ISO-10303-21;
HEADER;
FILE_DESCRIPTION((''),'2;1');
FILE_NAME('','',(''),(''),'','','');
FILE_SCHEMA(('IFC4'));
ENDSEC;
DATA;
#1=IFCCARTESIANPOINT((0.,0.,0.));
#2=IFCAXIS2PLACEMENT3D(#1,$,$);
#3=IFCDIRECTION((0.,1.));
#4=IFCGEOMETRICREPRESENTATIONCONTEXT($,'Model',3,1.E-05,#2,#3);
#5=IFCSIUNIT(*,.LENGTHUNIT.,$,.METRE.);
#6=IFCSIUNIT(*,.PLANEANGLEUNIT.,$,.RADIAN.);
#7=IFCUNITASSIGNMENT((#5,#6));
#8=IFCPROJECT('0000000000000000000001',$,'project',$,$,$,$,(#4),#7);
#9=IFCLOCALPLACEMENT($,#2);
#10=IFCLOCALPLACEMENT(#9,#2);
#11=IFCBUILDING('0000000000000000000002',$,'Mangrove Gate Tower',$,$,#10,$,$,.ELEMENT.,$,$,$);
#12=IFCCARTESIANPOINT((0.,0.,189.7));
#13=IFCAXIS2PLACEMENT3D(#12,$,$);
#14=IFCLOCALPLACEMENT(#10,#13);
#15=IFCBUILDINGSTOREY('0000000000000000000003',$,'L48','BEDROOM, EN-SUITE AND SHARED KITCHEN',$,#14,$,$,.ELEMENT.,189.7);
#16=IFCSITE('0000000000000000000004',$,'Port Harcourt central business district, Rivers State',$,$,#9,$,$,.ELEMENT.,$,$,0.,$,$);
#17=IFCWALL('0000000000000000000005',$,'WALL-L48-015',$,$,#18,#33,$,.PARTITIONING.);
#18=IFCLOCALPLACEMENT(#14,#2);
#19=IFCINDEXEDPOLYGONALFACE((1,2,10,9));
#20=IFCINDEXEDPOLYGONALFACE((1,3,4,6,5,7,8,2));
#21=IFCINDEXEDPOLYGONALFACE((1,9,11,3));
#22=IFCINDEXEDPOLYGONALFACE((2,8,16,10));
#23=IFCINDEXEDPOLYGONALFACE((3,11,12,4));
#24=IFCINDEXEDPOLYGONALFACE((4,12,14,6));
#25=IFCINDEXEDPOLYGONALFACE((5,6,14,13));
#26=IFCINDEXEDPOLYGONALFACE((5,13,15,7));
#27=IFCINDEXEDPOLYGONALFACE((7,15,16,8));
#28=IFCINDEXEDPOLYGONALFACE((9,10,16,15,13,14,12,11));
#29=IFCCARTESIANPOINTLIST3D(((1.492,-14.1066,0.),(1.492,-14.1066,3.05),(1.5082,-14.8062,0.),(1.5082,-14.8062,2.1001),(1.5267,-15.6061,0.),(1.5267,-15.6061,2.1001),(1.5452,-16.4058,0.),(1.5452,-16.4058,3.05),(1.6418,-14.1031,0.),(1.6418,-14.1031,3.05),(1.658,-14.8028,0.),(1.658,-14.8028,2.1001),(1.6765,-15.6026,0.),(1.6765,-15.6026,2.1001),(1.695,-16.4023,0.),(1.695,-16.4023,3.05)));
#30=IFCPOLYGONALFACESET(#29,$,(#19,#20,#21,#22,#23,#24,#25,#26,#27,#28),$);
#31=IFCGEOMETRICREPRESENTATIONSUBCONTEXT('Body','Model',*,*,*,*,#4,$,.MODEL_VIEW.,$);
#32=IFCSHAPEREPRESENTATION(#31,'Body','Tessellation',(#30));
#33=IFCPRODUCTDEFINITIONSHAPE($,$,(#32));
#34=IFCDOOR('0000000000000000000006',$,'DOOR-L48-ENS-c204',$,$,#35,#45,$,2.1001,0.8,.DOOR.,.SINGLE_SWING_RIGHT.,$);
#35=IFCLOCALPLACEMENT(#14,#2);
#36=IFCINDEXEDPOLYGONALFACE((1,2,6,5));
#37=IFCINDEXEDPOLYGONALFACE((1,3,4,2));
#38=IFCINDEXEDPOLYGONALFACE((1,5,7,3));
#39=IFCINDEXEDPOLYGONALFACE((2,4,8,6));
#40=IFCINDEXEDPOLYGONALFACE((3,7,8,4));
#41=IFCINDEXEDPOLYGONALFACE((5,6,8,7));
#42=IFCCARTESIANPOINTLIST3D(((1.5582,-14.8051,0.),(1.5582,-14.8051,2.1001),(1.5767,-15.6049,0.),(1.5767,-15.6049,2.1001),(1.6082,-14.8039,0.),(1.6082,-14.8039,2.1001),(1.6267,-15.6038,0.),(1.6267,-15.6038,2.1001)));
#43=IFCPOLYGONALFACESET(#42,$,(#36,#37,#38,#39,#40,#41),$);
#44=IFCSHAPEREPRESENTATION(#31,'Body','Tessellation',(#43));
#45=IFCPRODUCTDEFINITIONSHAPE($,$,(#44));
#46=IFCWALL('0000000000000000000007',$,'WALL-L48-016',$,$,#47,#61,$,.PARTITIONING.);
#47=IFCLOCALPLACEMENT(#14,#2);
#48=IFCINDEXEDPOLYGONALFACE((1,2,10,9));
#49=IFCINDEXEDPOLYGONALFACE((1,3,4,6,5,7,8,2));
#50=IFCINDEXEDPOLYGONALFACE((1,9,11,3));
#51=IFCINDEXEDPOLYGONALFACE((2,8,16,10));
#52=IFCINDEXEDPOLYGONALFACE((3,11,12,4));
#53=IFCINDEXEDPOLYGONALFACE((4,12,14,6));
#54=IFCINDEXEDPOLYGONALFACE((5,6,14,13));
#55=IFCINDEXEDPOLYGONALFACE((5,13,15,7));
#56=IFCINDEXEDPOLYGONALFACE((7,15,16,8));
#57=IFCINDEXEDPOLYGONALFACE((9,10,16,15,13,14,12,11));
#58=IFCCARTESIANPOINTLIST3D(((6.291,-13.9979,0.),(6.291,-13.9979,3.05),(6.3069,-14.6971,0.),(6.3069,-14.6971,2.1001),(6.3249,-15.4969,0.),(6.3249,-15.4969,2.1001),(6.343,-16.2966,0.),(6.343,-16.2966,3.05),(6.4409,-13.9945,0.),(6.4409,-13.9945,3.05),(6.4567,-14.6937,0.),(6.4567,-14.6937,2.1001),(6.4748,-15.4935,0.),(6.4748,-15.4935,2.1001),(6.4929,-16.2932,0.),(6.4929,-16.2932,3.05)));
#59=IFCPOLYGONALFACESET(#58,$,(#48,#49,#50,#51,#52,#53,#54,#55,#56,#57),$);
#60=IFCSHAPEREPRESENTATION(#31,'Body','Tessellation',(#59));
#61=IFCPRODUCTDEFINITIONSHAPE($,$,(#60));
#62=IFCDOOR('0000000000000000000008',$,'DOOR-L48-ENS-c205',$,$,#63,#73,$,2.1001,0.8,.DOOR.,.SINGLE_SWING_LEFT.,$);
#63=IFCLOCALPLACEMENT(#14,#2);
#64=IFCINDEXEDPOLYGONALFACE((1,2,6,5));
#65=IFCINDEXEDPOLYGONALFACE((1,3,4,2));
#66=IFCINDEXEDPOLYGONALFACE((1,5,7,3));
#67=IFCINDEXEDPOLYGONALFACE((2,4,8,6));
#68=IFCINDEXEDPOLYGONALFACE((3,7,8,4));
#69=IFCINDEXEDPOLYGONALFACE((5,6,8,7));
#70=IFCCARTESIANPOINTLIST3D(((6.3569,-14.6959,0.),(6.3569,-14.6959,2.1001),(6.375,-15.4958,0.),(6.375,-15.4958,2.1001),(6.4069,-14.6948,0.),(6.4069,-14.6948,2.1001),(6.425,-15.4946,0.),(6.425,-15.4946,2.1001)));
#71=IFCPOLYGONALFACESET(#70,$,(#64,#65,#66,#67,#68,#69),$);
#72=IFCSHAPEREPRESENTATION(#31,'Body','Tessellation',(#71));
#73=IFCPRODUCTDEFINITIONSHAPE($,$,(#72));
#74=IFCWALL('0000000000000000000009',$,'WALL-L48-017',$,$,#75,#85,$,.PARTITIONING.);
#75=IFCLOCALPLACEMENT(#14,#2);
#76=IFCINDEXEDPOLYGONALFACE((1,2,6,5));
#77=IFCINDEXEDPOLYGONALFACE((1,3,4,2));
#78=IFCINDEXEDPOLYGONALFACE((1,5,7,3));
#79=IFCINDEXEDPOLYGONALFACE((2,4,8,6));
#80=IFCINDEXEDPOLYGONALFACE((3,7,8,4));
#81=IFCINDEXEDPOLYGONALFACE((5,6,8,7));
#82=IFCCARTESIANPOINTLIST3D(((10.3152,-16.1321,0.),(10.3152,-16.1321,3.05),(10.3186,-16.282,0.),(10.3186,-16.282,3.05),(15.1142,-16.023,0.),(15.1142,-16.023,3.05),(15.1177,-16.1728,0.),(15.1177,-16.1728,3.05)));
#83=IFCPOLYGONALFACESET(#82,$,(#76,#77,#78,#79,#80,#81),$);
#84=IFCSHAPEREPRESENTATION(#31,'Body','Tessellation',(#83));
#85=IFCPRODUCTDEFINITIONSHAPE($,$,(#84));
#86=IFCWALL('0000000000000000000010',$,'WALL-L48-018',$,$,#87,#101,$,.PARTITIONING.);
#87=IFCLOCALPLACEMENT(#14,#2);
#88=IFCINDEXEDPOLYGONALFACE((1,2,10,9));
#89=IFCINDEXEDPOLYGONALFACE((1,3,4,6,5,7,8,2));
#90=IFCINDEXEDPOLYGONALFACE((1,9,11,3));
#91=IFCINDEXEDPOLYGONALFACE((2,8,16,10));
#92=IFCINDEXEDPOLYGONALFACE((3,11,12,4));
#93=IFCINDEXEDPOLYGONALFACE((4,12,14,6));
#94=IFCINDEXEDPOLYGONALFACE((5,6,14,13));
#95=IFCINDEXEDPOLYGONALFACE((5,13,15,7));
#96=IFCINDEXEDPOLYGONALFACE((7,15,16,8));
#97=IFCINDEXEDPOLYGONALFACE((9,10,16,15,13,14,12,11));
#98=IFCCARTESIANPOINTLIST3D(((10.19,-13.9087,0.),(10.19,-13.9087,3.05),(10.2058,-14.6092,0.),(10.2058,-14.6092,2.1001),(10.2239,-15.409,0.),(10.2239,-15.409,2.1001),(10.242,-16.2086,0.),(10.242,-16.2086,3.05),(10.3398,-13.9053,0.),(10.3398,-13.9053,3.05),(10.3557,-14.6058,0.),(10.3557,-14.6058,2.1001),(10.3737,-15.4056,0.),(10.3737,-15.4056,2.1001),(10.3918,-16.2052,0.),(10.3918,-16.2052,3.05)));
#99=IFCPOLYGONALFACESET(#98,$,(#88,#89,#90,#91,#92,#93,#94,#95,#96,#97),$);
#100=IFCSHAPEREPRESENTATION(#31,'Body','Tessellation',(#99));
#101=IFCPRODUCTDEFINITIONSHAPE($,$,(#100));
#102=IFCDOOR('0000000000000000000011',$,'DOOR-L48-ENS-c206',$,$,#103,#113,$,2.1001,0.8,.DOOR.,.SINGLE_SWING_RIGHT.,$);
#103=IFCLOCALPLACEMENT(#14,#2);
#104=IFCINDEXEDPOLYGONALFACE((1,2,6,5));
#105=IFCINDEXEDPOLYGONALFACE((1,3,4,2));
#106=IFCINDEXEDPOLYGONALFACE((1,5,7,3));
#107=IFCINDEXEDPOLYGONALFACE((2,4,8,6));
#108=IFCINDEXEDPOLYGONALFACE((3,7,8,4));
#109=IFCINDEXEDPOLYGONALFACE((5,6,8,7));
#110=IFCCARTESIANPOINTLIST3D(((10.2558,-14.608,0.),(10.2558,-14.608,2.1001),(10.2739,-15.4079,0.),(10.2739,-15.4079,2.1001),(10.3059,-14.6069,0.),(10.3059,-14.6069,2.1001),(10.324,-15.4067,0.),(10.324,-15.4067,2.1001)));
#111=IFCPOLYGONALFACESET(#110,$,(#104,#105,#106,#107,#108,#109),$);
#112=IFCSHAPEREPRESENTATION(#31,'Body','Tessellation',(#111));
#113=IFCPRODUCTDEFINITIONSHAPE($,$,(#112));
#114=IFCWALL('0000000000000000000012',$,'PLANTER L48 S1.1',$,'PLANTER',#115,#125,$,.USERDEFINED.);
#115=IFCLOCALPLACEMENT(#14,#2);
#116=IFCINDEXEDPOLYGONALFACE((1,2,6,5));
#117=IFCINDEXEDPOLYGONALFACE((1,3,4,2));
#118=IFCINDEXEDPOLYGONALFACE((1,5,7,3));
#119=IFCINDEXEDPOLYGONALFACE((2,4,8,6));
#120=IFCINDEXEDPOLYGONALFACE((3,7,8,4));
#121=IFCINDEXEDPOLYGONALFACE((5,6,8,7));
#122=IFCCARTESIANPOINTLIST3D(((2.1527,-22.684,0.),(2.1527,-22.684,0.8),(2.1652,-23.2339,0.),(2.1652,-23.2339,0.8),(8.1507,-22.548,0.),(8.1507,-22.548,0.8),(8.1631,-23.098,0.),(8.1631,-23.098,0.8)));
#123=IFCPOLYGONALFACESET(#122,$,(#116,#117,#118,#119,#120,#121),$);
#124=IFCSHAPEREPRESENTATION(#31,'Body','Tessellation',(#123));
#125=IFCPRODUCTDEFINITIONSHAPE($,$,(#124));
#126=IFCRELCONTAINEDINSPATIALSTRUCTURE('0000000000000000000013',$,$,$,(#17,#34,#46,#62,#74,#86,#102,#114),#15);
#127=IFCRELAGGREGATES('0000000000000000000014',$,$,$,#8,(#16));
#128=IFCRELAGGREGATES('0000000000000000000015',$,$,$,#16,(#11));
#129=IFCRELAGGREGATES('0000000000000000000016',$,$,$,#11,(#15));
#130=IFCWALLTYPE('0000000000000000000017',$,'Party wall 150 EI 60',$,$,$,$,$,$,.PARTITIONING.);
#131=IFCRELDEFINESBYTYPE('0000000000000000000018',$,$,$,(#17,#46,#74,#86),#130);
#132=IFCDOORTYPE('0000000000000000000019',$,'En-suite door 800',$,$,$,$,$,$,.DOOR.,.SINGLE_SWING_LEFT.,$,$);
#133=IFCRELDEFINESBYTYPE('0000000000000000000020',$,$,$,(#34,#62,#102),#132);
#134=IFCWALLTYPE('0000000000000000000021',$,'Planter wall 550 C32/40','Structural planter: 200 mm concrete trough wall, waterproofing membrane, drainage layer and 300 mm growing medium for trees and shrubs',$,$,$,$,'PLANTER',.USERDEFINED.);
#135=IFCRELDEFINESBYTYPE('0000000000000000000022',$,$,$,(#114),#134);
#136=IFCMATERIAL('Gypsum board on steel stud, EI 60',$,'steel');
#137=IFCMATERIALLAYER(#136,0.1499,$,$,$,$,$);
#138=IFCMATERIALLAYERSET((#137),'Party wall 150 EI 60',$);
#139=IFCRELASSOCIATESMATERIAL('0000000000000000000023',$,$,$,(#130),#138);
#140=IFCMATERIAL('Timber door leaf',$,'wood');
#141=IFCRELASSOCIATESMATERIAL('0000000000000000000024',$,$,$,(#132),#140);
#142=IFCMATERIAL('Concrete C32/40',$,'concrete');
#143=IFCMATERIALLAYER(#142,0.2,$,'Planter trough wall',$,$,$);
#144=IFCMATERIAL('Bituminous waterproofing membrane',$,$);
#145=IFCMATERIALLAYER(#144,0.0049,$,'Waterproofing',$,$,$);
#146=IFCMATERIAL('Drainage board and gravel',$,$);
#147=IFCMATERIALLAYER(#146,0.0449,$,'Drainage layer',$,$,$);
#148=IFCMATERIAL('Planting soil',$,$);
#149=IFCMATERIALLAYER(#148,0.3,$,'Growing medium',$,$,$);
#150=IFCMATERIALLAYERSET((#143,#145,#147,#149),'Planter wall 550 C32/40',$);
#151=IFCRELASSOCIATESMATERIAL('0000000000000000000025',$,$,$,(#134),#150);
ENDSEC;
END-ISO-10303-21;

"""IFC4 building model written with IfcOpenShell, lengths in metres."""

from ifc_helpers import new_model, si_unit, direction, frame, frame_2d, origin, place, context, subcontext, project, spatial, rectangle, extrude, material, layer, layer_set, type_object, element, fill, save


model = new_model("IFC4")

# Units and contexts
model_context = context("Model", 3, precision=1e-05, world=origin(), true_north=direction((0.0, 1.0)))
body_context = subcontext(model_context, "Body", "Model", "MODEL_VIEW")
ifc_project = project(units=[si_unit("LENGTHUNIT", "METRE"), si_unit("PLANEANGLEUNIT", "RADIAN")], contexts=[model_context])

# Site, building, storey
site_placement = place(None, origin())
site = spatial("IfcSite", under=ifc_project, at=site_placement, Name="Port Harcourt central business district, Rivers State", CompositionType="ELEMENT", RefElevation=0.0)
building_placement = place(site_placement, origin())
building = spatial("IfcBuilding", under=site, at=building_placement, Name="Mangrove Gate Tower", CompositionType="ELEMENT")
storey_placement = place(building_placement, frame((0.0, 0.0, 189.7)))
storey = spatial("IfcBuildingStorey", under=building, at=storey_placement, Name="L48", Description="BEDROOM, EN-SUITE AND SHARED KITCHEN", CompositionType="ELEMENT", Elevation=189.7)

# Shared definitions
ifc_material_1 = material(Name="Gypsum board on steel stud, EI 60", Category="steel")
ifc_layer_1 = layer(ifc_material_1, 0.1499)
ifc_layer_set_1 = layer_set([ifc_layer_1], Name="Party wall 150 EI 60")
wall_type_1 = type_object("IfcWallType", Name="Party wall 150 EI 60", PredefinedType="PARTITIONING", material=ifc_layer_set_1)

# Walls, openings, doors
wall_1_placement = place(storey_placement, frame((1.6201, -16.4041, 0.0), z_axis=(0.0, 0.0, 1.0), x_axis=(-0.023143, 0.999732, 0.0)))
wall_1 = element("IfcWall", 1, at=wall_1_placement, inside=storey, type_object=wall_type_1, Name="WALL-L48-015", PredefinedType="PARTITIONING", context=body_context, shape_type="SweptSolid", body=[
    extrude(rectangle(XDim=2.2998, YDim=0.1499, at=frame_2d((1.1499, 0.0))), origin(), (0.0, 0.0, 1.0), 3.05),
])
opening_1_placement = place(wall_1_placement, frame((0.8, 0.0, 0.0)))
opening_1 = element("IfcOpeningElement", 2, at=opening_1_placement, cuts=wall_1, PredefinedType="OPENING", context=body_context, shape_type="SweptSolid", body=[
    extrude(rectangle(XDim=0.8, YDim=2.1001, at=frame_2d((0.3999, 1.05))), frame((0.0, 0.085, 0.0), z_axis=(0.0, -1.0, 0.0), x_axis=(1.0, 0.0, 0.0)), (0.0, 0.0, 1.0), 0.1699),
])
ifc_material_2 = material(Name="Timber door leaf", Category="wood")
door_type_1 = type_object("IfcDoorType", Name="En-suite door 800", OperationType="SINGLE_SWING_LEFT", PredefinedType="DOOR", material=ifc_material_2)
door_1_placement = place(opening_1_placement, origin())
door_1 = element("IfcDoor", 3, at=door_1_placement, inside=storey, type_object=door_type_1, Name="DOOR-L48-ENS-c204", OperationType="SINGLE_SWING_RIGHT", OverallHeight=2.1001, OverallWidth=0.8, PredefinedType="DOOR", context=body_context, shape_type="SweptSolid", body=[
    extrude(rectangle(XDim=0.8, YDim=2.1001, at=frame_2d((0.3999, 1.05))), frame((0.0, 0.0249, 0.0), z_axis=(0.0, -1.0, 0.0), x_axis=(1.0, 0.0, 0.0)), (0.0, 0.0, 1.0), 0.05),
])
fill(opening_1, door_1)
wall_2_placement = place(storey_placement, frame((6.418, -16.2949, 0.0), z_axis=(0.0, 0.0, 1.0), x_axis=(-0.022615, 0.999744, 0.0)))
wall_2 = element("IfcWall", 4, at=wall_2_placement, inside=storey, type_object=wall_type_1, Name="WALL-L48-016", PredefinedType="PARTITIONING", context=body_context, shape_type="SweptSolid", body=[
    extrude(rectangle(XDim=2.2993, YDim=0.1499, at=frame_2d((1.1497, 0.0))), origin(), (0.0, 0.0, 1.0), 3.05),
])
opening_2_placement = place(wall_2_placement, frame((0.8, 0.0, 0.0)))
opening_2 = element("IfcOpeningElement", 5, at=opening_2_placement, cuts=wall_2, PredefinedType="OPENING", context=body_context, shape_type="SweptSolid", body=[
    extrude(rectangle(XDim=0.8, YDim=2.1001, at=frame_2d((0.3999, 1.05))), frame((0.0, 0.085, 0.0), z_axis=(0.0, -1.0, 0.0), x_axis=(1.0, 0.0, 0.0)), (0.0, 0.0, 1.0), 0.1699),
])
door_2_placement = place(opening_2_placement, origin())
door_2 = element("IfcDoor", 6, at=door_2_placement, inside=storey, type_object=door_type_1, Name="DOOR-L48-ENS-c205", OperationType="SINGLE_SWING_LEFT", OverallHeight=2.1001, OverallWidth=0.8, PredefinedType="DOOR", context=body_context, shape_type="SweptSolid", body=[
    extrude(rectangle(XDim=0.8, YDim=2.1001, at=frame_2d((0.3999, 1.05))), frame((0.0, 0.0249, 0.0), z_axis=(0.0, -1.0, 0.0), x_axis=(1.0, 0.0, 0.0)), (0.0, 0.0, 1.0), 0.05),
])
fill(opening_2, door_2)

# Wall
wall_3_placement = place(storey_placement, frame((10.3169, -16.207, 0.0), z_axis=(0.0, 0.0, 1.0), x_axis=(0.999742, 0.022734, 0.0)))
element("IfcWall", 7, at=wall_3_placement, inside=storey, type_object=wall_type_1, Name="WALL-L48-017", PredefinedType="PARTITIONING", context=body_context, shape_type="SweptSolid", body=[
    extrude(rectangle(XDim=4.8003, YDim=0.1499, at=frame_2d((2.4001, 0.0))), origin(), (0.0, 0.0, 1.0), 3.05),
])

# Wall, opening, door
wall_4_placement = place(storey_placement, frame((10.3169, -16.207, 0.0), z_axis=(0.0, 0.0, 1.0), x_axis=(-0.022603, 0.999745, 0.0)))
wall_4 = element("IfcWall", 8, at=wall_4_placement, inside=storey, type_object=wall_type_1, Name="WALL-L48-018", PredefinedType="PARTITIONING", context=body_context, shape_type="SweptSolid", body=[
    extrude(rectangle(XDim=2.3005, YDim=0.1499, at=frame_2d((1.1504, 0.0))), origin(), (0.0, 0.0, 1.0), 3.05),
])
opening_3_placement = place(wall_4_placement, frame((0.8, 0.0, 0.0)))
opening_3 = element("IfcOpeningElement", 9, at=opening_3_placement, cuts=wall_4, PredefinedType="OPENING", context=body_context, shape_type="SweptSolid", body=[
    extrude(rectangle(XDim=0.8, YDim=2.1001, at=frame_2d((0.3999, 1.05))), frame((0.0, 0.085, 0.0), z_axis=(0.0, -1.0, 0.0), x_axis=(1.0, 0.0, 0.0)), (0.0, 0.0, 1.0), 0.1699),
])
door_3_placement = place(opening_3_placement, origin())
door_3 = element("IfcDoor", 10, at=door_3_placement, inside=storey, type_object=door_type_1, Name="DOOR-L48-ENS-c206", OperationType="SINGLE_SWING_RIGHT", OverallHeight=2.1001, OverallWidth=0.8, PredefinedType="DOOR", context=body_context, shape_type="SweptSolid", body=[
    extrude(rectangle(XDim=0.8, YDim=2.1001, at=frame_2d((0.3999, 1.05))), frame((0.0, 0.0249, 0.0), z_axis=(0.0, -1.0, 0.0), x_axis=(1.0, 0.0, 0.0)), (0.0, 0.0, 1.0), 0.05),
])
fill(opening_3, door_3)

# Wall
ifc_material_3 = material(Name="Concrete C32/40", Category="concrete")
ifc_layer_2 = layer(ifc_material_3, 0.2, Name="Planter trough wall")
ifc_material_4 = material(Name="Bituminous waterproofing membrane")
ifc_layer_3 = layer(ifc_material_4, 0.0049, Name="Waterproofing")
ifc_material_5 = material(Name="Drainage board and gravel")
ifc_layer_4 = layer(ifc_material_5, 0.0449, Name="Drainage layer")
ifc_material_6 = material(Name="Planting soil")
ifc_layer_5 = layer(ifc_material_6, 0.3, Name="Growing medium")
ifc_layer_set_2 = layer_set([ifc_layer_2, ifc_layer_3, ifc_layer_4, ifc_layer_5], Name="Planter wall 550 C32/40")
wall_type_2 = type_object("IfcWallType", Name="Planter wall 550 C32/40", Description="Structural planter: 200 mm concrete trough wall, waterproofing membrane, drainage layer and 300 mm growing medium for trees and shrubs", ElementType="PLANTER", PredefinedType="USERDEFINED", material=ifc_layer_set_2)
wall_5_placement = place(storey_placement, frame((2.1589, -22.959, 0.0), z_axis=(0.0, 0.0, 1.0), x_axis=(0.999743, 0.022666, 0.0)))
element("IfcWall", 11, at=wall_5_placement, inside=storey, type_object=wall_type_2, Name="PLANTER L48 S1.1", ObjectType="PLANTER", PredefinedType="USERDEFINED", context=body_context, shape_type="SweptSolid", body=[
    extrude(rectangle(XDim=5.9995, YDim=0.55, at=frame_2d((2.9998, 0.0))), origin(), (0.0, 0.0, 1.0), 0.8),
])

save(model, "model.ifc")
